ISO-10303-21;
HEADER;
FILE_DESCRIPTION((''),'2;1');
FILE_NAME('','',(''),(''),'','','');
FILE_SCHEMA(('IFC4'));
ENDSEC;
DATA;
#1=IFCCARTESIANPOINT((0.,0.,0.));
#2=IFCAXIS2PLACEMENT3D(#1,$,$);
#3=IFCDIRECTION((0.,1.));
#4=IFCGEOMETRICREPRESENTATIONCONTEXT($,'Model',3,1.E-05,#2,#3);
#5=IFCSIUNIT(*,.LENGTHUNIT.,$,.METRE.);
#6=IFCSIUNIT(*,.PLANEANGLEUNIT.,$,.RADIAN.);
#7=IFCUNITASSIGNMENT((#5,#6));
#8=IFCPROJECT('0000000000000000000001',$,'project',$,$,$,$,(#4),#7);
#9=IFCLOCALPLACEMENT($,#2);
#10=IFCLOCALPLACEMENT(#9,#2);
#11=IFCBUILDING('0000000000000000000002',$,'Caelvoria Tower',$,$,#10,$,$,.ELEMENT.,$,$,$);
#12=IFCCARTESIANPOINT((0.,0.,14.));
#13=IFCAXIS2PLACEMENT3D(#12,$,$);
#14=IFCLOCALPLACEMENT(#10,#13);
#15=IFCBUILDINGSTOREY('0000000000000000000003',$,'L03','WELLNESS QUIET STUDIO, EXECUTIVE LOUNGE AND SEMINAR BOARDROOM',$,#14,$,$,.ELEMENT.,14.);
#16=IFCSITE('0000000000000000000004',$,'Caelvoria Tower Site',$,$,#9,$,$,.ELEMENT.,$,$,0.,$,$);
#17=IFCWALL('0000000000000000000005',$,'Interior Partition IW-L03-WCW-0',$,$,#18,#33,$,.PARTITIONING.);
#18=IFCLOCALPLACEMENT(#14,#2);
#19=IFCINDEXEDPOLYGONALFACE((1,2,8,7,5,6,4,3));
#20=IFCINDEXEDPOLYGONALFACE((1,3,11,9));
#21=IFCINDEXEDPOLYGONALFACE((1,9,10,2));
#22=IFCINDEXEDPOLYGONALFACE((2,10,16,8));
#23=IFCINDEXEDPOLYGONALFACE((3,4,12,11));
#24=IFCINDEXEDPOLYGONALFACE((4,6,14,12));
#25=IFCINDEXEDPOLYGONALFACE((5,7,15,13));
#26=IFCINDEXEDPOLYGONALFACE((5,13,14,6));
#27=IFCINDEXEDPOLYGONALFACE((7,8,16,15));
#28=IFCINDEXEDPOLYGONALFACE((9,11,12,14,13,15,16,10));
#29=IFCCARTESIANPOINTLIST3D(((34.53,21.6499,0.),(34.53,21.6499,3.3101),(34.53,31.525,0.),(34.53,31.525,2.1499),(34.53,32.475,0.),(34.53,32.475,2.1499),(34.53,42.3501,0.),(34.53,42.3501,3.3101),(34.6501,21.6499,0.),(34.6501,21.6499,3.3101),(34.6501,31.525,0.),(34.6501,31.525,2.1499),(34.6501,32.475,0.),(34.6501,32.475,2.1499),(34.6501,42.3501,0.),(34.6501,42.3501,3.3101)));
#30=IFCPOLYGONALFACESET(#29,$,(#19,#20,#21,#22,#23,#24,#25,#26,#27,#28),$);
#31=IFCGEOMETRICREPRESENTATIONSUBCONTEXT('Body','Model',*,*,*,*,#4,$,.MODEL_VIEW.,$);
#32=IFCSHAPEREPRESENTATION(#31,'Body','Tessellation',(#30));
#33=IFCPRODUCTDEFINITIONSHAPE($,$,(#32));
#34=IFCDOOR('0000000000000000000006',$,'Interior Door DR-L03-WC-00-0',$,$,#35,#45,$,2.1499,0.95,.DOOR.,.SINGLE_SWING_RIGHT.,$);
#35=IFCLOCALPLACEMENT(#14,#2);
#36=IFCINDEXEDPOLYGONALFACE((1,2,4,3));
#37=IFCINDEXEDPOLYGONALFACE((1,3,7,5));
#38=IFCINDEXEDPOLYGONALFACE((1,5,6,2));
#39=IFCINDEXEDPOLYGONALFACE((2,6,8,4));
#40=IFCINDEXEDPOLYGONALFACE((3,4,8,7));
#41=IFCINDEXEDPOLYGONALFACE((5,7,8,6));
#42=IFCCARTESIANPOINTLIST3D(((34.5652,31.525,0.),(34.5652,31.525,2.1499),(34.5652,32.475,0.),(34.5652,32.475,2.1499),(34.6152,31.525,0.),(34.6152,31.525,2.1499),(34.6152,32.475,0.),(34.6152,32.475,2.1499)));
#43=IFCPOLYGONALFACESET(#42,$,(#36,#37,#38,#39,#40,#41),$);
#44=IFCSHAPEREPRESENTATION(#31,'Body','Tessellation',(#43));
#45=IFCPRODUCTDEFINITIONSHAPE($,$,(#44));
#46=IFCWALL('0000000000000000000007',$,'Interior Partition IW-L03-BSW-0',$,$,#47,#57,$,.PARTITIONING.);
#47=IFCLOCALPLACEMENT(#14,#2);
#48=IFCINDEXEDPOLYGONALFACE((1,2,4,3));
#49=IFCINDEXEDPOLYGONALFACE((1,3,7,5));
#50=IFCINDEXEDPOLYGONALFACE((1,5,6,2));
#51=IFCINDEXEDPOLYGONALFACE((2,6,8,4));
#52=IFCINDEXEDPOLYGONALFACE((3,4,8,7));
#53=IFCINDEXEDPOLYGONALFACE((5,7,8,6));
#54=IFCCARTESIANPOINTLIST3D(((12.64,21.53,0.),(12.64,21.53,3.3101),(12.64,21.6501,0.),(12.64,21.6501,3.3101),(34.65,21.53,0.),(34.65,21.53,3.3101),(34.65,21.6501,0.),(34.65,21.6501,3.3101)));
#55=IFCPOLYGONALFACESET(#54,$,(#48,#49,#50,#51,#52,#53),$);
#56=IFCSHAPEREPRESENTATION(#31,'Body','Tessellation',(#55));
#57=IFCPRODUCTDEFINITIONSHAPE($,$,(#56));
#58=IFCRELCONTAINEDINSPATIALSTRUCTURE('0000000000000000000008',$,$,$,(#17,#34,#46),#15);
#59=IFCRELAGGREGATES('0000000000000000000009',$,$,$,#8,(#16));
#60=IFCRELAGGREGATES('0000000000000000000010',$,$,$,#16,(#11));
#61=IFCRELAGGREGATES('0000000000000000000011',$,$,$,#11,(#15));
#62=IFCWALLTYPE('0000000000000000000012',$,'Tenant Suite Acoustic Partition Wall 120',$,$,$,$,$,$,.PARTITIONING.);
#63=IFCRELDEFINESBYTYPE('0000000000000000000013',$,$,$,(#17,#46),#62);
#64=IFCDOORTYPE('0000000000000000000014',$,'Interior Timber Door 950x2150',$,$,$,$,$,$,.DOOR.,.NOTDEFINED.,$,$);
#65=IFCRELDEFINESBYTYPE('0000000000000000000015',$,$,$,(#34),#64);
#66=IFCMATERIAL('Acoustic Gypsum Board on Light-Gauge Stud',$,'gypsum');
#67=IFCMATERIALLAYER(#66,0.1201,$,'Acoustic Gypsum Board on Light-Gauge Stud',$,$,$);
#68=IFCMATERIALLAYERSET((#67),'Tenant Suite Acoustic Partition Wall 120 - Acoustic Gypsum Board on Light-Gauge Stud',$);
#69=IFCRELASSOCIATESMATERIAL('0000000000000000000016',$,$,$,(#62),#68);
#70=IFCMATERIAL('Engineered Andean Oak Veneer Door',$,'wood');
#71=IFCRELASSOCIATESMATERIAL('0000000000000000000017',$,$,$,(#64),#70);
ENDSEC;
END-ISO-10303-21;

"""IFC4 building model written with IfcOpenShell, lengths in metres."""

from ifc_helpers import new_model, si_unit, direction, frame, frame_2d, origin, place, context, subcontext, project, spatial, rectangle, extrude, material, layer, layer_set, type_object, element, fill, save


model = new_model("IFC4")

# Units and contexts
model_context = context("Model", 3, precision=1e-05, world=origin(), true_north=direction((0.0, 1.0)))
body_context = subcontext(model_context, "Body", "Model", "MODEL_VIEW")
ifc_project = project(units=[si_unit("LENGTHUNIT", "METRE"), si_unit("PLANEANGLEUNIT", "RADIAN")], contexts=[model_context])

# Site, building, storey
site_placement = place(None, origin())
site = spatial("IfcSite", under=ifc_project, at=site_placement, Name="Caelvoria Tower Site", CompositionType="ELEMENT", RefElevation=0.0)
building_placement = place(site_placement, origin())
building = spatial("IfcBuilding", under=site, at=building_placement, Name="Caelvoria Tower", CompositionType="ELEMENT")
storey_placement = place(building_placement, frame((0.0, 0.0, 14.0)))
storey = spatial("IfcBuildingStorey", under=building, at=storey_placement, Name="L03", Description="WELLNESS QUIET STUDIO, EXECUTIVE LOUNGE AND SEMINAR BOARDROOM", CompositionType="ELEMENT", Elevation=14.0)

# Shared definitions
ifc_material_1 = material(Name="Engineered Andean Oak Veneer Door", Category="wood")
ifc_material_2 = material(Name="Acoustic Gypsum Board on Light-Gauge Stud", Category="gypsum")
ifc_layer_1 = layer(ifc_material_2, 0.1201, Name="Acoustic Gypsum Board on Light-Gauge Stud")
ifc_layer_set_1 = layer_set([ifc_layer_1], Name="Tenant Suite Acoustic Partition Wall 120 - Acoustic Gypsum Board on Light-Gauge Stud")
wall_type_1 = type_object("IfcWallType", Name="Tenant Suite Acoustic Partition Wall 120", PredefinedType="PARTITIONING", material=ifc_layer_set_1)

# Shared definitions
door_type_1 = type_object("IfcDoorType", Name="Interior Timber Door 950x2150", OperationType="NOTDEFINED", PredefinedType="DOOR", material=ifc_material_1)

# Wall, opening, door
wall_1_placement = place(storey_placement, frame((34.5901, 21.6499, 0.0), z_axis=(0.0, 0.0, 1.0), x_axis=(0.0, 1.0, 0.0)))
wall_1 = element("IfcWall", 1, at=wall_1_placement, inside=storey, type_object=wall_type_1, Name="Interior Partition IW-L03-WCW-0", PredefinedType="PARTITIONING", context=body_context, shape_type="SweptSolid", body=[
    extrude(rectangle(XDim=20.7002, YDim=0.1201, at=frame_2d((10.3501, 0.0))), origin(), (0.0, 0.0, 1.0), 3.3101),
])
opening_1_placement = place(wall_1_placement, frame((9.875, 0.0, 0.0)))
opening_1 = element("IfcOpeningElement", 2, at=opening_1_placement, cuts=wall_1, PredefinedType="OPENING", context=body_context, shape_type="SweptSolid", body=[
    extrude(rectangle(XDim=0.95, YDim=2.1499, at=frame_2d((0.4751, 1.075))), frame((0.0, 0.0701, 0.0), z_axis=(0.0, -1.0, 0.0), x_axis=(1.0, 0.0, 0.0)), (0.0, 0.0, 1.0), 0.1401),
])
door_1_placement = place(opening_1_placement, origin())
door_1 = element("IfcDoor", 3, at=door_1_placement, inside=storey, type_object=door_type_1, Name="Interior Door DR-L03-WC-00-0", OperationType="SINGLE_SWING_RIGHT", OverallHeight=2.1499, OverallWidth=0.95, PredefinedType="DOOR", context=body_context, shape_type="SweptSolid", body=[
    extrude(rectangle(XDim=0.95, YDim=2.1499, at=frame_2d((0.4751, 1.075))), frame((0.0, 0.0249, 0.0), z_axis=(0.0, -1.0, 0.0), x_axis=(1.0, 0.0, 0.0)), (0.0, 0.0, 1.0), 0.05),
])
fill(opening_1, door_1)

# Wall
wall_2_placement = place(storey_placement, frame((34.6499, 21.5901, 0.0), z_axis=(0.0, 0.0, 1.0), x_axis=(-1.0, 0.0, 0.0)))
element("IfcWall", 4, at=wall_2_placement, inside=storey, type_object=wall_type_1, Name="Interior Partition IW-L03-BSW-0", PredefinedType="PARTITIONING", context=body_context, shape_type="SweptSolid", body=[
    extrude(rectangle(XDim=22.01, YDim=0.1201, at=frame_2d((11.0049, 0.0))), origin(), (0.0, 0.0, 1.0), 3.3101),
])

save(model, "model.ifc")
